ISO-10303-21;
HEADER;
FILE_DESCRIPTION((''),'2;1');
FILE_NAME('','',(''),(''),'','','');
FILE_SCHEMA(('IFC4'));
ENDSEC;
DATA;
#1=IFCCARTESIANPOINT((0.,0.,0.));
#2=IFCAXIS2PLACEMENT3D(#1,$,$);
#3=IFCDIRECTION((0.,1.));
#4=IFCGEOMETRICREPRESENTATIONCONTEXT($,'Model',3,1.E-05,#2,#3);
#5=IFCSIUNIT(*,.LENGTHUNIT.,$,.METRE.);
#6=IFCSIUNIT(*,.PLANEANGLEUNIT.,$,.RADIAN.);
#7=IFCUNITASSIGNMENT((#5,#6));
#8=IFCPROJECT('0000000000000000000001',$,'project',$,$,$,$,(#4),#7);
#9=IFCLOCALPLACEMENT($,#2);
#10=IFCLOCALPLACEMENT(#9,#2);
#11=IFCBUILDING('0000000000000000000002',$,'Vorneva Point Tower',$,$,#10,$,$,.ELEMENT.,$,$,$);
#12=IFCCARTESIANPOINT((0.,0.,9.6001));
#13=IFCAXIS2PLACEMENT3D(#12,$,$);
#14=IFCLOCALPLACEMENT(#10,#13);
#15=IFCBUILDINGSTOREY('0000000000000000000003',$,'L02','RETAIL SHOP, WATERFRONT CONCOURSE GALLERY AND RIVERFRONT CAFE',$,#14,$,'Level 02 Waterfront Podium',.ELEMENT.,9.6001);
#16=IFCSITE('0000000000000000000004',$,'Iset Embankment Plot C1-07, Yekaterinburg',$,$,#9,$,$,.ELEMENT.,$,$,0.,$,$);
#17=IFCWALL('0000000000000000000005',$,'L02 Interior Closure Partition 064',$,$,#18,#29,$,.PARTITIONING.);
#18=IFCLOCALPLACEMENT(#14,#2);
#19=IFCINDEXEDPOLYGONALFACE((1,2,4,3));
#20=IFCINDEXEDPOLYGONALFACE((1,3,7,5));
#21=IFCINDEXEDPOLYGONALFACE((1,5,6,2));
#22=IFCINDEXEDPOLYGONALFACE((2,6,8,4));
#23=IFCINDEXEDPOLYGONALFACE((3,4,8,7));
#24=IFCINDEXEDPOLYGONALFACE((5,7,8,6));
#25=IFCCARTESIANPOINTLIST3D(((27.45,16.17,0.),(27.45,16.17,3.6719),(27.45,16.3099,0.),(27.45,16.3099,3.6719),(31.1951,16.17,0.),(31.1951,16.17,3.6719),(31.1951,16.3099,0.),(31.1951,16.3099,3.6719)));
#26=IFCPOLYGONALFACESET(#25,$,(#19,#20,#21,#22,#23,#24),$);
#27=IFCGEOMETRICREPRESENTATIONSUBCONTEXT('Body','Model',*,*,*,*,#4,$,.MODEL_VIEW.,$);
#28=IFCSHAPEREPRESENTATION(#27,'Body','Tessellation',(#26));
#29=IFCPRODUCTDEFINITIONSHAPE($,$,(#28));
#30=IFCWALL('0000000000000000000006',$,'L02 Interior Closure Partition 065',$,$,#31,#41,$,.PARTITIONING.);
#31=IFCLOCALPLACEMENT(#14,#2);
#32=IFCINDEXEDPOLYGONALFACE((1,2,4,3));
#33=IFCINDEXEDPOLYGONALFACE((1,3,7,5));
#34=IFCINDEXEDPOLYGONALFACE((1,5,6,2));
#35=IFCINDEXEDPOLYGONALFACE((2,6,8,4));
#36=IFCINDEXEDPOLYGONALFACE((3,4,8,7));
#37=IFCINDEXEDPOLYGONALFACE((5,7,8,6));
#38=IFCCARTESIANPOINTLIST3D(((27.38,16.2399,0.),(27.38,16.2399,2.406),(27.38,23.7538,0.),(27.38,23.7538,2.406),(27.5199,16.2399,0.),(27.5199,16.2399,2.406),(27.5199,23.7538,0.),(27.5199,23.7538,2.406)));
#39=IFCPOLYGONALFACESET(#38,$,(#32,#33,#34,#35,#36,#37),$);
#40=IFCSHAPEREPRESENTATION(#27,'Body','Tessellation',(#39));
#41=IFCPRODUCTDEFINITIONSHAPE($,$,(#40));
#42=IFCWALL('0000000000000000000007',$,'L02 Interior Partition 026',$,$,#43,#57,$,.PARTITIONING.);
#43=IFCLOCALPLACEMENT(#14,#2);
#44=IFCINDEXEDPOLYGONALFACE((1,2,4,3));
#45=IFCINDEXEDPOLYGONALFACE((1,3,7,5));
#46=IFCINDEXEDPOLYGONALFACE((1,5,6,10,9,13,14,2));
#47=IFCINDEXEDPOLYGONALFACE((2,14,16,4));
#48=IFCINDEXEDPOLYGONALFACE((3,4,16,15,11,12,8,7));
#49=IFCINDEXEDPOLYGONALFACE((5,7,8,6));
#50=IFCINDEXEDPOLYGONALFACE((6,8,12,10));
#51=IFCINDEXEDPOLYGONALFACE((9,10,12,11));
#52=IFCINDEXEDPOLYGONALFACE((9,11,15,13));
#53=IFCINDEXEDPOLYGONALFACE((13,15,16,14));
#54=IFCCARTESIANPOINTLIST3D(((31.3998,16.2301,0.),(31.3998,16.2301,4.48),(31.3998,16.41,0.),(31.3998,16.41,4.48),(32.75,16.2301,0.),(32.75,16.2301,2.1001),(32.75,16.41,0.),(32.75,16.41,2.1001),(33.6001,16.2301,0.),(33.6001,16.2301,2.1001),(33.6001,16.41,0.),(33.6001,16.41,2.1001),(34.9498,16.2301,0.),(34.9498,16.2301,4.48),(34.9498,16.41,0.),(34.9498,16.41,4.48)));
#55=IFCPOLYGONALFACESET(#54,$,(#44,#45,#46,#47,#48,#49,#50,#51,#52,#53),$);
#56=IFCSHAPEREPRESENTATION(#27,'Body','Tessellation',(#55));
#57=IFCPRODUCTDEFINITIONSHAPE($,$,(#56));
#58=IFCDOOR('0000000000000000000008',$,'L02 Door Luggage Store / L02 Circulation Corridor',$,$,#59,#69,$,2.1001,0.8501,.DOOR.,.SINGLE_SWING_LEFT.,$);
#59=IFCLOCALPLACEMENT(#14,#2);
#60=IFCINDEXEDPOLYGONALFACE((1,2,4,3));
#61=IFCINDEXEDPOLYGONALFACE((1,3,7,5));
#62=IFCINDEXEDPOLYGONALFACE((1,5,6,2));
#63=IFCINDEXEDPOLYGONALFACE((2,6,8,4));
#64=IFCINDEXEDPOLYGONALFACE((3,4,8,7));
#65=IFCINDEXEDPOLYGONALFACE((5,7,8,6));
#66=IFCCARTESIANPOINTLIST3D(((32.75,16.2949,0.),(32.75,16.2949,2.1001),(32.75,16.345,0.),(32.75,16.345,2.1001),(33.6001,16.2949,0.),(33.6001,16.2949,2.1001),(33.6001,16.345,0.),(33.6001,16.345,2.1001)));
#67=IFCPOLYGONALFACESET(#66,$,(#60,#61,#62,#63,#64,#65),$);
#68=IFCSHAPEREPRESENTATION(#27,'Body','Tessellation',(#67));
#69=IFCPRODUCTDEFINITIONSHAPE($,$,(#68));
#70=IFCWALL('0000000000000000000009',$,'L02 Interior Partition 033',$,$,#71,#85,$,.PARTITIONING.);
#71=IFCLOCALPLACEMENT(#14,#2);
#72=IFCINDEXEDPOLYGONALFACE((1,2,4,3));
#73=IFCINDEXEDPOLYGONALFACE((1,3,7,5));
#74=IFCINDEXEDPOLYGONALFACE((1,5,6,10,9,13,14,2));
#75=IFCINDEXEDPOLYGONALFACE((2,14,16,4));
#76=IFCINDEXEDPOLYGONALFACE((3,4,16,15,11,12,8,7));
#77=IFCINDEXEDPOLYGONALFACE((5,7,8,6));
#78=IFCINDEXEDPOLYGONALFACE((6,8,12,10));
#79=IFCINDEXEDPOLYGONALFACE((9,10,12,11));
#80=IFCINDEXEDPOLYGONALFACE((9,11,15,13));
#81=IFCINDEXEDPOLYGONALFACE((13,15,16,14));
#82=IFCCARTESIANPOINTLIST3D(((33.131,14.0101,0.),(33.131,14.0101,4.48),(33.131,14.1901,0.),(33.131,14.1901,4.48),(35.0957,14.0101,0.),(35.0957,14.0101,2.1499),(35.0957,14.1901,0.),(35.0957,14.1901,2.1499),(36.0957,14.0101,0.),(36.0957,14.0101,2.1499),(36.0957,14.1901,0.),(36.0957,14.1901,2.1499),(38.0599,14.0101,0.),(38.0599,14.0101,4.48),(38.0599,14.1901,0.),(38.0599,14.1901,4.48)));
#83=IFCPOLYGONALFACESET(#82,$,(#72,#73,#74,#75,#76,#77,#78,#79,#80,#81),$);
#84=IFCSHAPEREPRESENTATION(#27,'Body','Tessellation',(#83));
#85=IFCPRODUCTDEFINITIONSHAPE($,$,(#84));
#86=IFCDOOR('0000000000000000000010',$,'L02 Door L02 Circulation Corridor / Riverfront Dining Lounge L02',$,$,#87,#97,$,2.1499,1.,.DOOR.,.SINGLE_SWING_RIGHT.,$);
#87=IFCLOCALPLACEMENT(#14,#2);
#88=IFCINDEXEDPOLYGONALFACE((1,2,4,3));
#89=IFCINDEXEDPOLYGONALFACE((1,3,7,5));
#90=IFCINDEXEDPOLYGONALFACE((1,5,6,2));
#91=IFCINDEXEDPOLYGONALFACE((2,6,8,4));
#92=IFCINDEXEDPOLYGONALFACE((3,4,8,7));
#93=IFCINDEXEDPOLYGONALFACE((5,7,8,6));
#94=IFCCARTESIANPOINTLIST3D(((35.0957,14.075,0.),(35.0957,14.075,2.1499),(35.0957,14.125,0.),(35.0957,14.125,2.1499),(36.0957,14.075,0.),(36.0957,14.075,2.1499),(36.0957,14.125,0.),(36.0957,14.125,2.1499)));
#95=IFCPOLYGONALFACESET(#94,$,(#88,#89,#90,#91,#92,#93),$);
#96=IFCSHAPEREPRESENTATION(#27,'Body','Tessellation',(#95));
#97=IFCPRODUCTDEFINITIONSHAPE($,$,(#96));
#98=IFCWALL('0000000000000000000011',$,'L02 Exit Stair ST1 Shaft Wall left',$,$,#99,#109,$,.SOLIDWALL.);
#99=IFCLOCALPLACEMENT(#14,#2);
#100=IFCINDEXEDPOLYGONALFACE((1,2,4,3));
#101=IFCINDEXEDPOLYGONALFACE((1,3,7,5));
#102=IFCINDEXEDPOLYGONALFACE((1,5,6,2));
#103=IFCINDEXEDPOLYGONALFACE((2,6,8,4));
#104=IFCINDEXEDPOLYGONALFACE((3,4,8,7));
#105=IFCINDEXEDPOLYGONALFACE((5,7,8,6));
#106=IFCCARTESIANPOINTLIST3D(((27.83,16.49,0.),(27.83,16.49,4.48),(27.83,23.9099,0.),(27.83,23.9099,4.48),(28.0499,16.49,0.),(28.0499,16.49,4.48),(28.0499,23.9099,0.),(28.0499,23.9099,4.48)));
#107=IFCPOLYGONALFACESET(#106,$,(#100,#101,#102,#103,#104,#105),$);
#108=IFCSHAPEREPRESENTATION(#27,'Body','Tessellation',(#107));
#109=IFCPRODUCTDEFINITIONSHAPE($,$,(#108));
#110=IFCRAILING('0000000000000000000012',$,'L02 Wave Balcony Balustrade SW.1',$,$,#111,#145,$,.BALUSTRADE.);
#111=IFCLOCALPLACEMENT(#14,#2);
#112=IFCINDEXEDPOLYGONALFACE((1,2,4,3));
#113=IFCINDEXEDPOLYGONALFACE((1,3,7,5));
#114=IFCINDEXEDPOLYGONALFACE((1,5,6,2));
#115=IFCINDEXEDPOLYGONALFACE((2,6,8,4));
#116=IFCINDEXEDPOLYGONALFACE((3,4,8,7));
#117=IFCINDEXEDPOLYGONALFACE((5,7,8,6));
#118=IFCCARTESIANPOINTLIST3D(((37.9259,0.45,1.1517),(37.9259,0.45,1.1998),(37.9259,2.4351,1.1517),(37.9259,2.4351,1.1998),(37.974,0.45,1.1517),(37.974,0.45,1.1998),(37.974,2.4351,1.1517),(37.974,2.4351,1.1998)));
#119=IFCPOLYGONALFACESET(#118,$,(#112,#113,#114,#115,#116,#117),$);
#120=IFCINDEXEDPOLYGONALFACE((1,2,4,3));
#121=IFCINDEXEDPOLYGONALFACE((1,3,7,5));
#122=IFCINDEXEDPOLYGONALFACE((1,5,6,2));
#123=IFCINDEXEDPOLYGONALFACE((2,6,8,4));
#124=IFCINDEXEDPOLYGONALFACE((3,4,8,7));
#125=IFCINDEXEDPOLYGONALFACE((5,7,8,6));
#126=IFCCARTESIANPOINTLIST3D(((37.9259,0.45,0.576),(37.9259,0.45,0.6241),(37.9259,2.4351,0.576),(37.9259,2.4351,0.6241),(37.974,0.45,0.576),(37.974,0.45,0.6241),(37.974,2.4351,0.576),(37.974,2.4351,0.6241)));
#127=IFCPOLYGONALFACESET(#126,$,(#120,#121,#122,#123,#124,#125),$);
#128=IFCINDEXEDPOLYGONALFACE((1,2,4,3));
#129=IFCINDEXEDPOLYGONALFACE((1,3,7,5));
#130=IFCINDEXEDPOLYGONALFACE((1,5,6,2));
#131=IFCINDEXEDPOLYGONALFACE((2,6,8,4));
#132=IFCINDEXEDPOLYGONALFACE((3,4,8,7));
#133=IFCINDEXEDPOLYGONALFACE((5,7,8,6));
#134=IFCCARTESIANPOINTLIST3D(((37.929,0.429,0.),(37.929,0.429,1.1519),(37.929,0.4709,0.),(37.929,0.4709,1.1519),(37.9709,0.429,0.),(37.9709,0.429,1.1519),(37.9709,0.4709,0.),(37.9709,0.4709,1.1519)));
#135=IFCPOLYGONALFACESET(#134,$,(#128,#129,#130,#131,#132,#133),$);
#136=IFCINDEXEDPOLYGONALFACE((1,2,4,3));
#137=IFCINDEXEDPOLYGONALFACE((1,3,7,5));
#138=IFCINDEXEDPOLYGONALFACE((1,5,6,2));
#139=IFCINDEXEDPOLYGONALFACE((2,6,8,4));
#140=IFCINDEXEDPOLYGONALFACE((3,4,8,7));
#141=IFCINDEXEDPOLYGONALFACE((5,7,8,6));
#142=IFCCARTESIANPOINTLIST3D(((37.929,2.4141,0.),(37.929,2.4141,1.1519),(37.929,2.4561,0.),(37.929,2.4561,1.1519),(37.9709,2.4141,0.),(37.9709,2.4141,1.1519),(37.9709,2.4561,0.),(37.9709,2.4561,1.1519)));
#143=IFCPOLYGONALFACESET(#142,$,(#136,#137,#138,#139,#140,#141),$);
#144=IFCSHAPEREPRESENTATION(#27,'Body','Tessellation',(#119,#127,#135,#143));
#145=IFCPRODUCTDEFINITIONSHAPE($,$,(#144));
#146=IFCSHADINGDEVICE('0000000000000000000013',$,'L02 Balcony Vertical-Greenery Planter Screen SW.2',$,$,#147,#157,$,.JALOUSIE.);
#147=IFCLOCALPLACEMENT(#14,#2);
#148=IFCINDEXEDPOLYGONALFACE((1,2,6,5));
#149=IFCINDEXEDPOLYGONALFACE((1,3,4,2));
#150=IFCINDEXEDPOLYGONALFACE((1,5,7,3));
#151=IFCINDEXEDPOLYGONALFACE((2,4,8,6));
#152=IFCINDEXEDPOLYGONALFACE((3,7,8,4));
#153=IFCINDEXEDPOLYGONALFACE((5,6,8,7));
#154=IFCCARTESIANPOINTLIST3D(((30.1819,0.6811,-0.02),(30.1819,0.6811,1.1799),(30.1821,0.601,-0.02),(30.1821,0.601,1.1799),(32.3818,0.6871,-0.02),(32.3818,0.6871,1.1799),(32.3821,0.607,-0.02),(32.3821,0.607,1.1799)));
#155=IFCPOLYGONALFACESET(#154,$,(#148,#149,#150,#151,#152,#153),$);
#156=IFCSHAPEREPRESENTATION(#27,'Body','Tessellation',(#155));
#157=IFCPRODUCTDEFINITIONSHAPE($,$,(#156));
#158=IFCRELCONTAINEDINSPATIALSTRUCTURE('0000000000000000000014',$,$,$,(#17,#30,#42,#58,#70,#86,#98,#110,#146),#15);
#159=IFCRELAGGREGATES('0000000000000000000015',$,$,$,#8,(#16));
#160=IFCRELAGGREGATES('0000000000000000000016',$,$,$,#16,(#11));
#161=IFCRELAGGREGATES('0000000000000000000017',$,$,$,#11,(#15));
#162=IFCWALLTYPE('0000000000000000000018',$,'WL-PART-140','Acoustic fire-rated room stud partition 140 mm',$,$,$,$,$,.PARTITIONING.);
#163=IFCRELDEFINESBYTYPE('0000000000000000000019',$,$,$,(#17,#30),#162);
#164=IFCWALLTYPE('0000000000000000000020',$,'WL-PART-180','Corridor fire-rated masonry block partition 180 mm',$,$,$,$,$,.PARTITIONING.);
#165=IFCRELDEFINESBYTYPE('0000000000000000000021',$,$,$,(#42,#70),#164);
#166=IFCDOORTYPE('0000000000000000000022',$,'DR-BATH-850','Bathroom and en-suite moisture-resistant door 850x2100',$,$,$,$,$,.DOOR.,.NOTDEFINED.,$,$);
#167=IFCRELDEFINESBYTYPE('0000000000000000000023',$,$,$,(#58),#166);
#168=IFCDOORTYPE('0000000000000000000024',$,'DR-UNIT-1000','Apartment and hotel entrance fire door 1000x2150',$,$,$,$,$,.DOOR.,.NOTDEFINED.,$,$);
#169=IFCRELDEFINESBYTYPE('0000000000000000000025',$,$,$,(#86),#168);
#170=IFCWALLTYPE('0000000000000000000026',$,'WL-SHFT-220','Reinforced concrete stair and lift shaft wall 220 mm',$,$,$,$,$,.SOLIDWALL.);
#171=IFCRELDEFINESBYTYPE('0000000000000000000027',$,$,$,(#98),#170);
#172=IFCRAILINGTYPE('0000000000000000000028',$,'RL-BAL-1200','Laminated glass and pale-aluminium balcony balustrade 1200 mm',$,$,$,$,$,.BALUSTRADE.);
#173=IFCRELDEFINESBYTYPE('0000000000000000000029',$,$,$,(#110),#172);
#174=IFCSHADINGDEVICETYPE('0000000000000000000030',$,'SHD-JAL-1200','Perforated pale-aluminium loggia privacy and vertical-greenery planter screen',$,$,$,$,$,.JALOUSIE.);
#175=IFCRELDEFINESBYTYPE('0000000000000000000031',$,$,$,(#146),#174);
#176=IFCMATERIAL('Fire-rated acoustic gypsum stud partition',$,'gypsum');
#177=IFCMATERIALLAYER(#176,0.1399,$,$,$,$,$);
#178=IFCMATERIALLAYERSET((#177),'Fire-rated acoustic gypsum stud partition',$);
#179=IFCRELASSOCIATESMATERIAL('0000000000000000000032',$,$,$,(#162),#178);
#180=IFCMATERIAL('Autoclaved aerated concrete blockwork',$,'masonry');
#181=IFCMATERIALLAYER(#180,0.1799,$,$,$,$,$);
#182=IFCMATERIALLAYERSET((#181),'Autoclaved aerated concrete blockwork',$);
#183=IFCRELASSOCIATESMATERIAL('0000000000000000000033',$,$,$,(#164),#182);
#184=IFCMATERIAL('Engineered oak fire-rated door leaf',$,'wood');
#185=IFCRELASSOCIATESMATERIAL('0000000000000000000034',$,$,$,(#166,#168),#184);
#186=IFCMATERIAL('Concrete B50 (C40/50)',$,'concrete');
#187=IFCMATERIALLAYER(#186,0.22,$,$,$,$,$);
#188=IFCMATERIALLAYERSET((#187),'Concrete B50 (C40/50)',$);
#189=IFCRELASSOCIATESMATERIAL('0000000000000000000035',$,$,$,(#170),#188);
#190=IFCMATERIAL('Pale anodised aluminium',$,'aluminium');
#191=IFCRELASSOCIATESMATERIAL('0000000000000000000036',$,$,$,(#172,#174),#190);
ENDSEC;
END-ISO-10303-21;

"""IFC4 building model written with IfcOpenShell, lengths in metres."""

from ifc_helpers import new_model, si_unit, direction, frame, frame_2d, origin, origin_2d, place, context, subcontext, project, spatial, rectangle, extrude, material, layer, layer_set, type_object, element, fill, save


model = new_model("IFC4")

# Units and contexts
model_context = context("Model", 3, precision=1e-05, world=origin(), true_north=direction((0.0, 1.0)))
body_context = subcontext(model_context, "Body", "Model", "MODEL_VIEW")
ifc_project = project(units=[si_unit("LENGTHUNIT", "METRE"), si_unit("PLANEANGLEUNIT", "RADIAN")], contexts=[model_context])

# Site, building, storey
site_placement = place(None, origin())
site = spatial("IfcSite", under=ifc_project, at=site_placement, Name="Iset Embankment Plot C1-07, Yekaterinburg", CompositionType="ELEMENT", RefElevation=0.0)
building_placement = place(site_placement, origin())
building = spatial("IfcBuilding", under=site, at=building_placement, Name="Vorneva Point Tower", CompositionType="ELEMENT")
storey_placement = place(building_placement, frame((0.0, 0.0, 9.6001)))
storey = spatial("IfcBuildingStorey", under=building, at=storey_placement, Name="L02", Description="RETAIL SHOP, WATERFRONT CONCOURSE GALLERY AND RIVERFRONT CAFE", LongName="Level 02 Waterfront Podium", CompositionType="ELEMENT", Elevation=9.6001)

# Shared definitions
ifc_material_1 = material(Name="Pale anodised aluminium", Category="aluminium")

# Walls
ifc_material_2 = material(Name="Fire-rated acoustic gypsum stud partition", Category="gypsum")
ifc_layer_1 = layer(ifc_material_2, 0.1399)
ifc_layer_set_1 = layer_set([ifc_layer_1], Name="Fire-rated acoustic gypsum stud partition")
wall_type_1 = type_object("IfcWallType", Name="WL-PART-140", Description="Acoustic fire-rated room stud partition 140 mm", PredefinedType="PARTITIONING", material=ifc_layer_set_1)
wall_1_placement = place(storey_placement, frame((31.1951, 16.24, 0.0), z_axis=(0.0, 0.0, 1.0), x_axis=(-1.0, 0.0, 0.0)))
element("IfcWall", 1, at=wall_1_placement, inside=storey, type_object=wall_type_1, Name="L02 Interior Closure Partition 064", PredefinedType="PARTITIONING", context=body_context, shape_type="SweptSolid", body=[
    extrude(rectangle(XDim=3.7451, YDim=0.1399, at=frame_2d((1.8726, 0.0))), origin(), (0.0, 0.0, 1.0), 3.6719),
])
wall_2_placement = place(storey_placement, frame((27.45, 16.24, 0.0), z_axis=(0.0, 0.0, 1.0), x_axis=(0.0, 1.0, 0.0)))
element("IfcWall", 2, at=wall_2_placement, inside=storey, type_object=wall_type_1, Name="L02 Interior Closure Partition 065", PredefinedType="PARTITIONING", context=body_context, shape_type="SweptSolid", body=[
    extrude(rectangle(XDim=7.5139, YDim=0.1399, at=frame_2d((3.7568, 0.0))), origin(), (0.0, 0.0, 1.0), 2.406),
])

# Walls, openings, doors
ifc_material_3 = material(Name="Autoclaved aerated concrete blockwork", Category="masonry")
ifc_layer_2 = layer(ifc_material_3, 0.1799)
ifc_layer_set_2 = layer_set([ifc_layer_2], Name="Autoclaved aerated concrete blockwork")
wall_type_2 = type_object("IfcWallType", Name="WL-PART-180", Description="Corridor fire-rated masonry block partition 180 mm", PredefinedType="PARTITIONING", material=ifc_layer_set_2)
wall_3_placement = place(storey_placement, frame((31.3999, 16.3201, 0.0), z_axis=(0.0, 0.0, 1.0), x_axis=(1.0, 0.0, 0.0)))
wall_3 = element("IfcWall", 3, at=wall_3_placement, inside=storey, type_object=wall_type_2, Name="L02 Interior Partition 026", PredefinedType="PARTITIONING", context=body_context, shape_type="SweptSolid", body=[
    extrude(rectangle(XDim=3.55, YDim=0.1799, at=frame_2d((1.7749, 0.0))), origin(), (0.0, 0.0, 1.0), 4.48),
])
opening_1_placement = place(wall_3_placement, frame((1.3501, 0.0, 0.0)))
opening_1 = element("IfcOpeningElement", 4, at=opening_1_placement, cuts=wall_3, PredefinedType="OPENING", context=body_context, shape_type="SweptSolid", body=[
    extrude(rectangle(XDim=0.8501, YDim=2.1001, at=frame_2d((0.425, 1.05))), frame((0.0, 0.105, 0.0), z_axis=(0.0, -1.0, 0.0), x_axis=(1.0, 0.0, 0.0)), (0.0, 0.0, 1.0), 0.2097),
])
ifc_material_4 = material(Name="Engineered oak fire-rated door leaf", Category="wood")
door_type_1 = type_object("IfcDoorType", Name="DR-BATH-850", Description="Bathroom and en-suite moisture-resistant door 850x2100", OperationType="NOTDEFINED", PredefinedType="DOOR", material=ifc_material_4)
door_1_placement = place(opening_1_placement, origin())
door_1 = element("IfcDoor", 5, at=door_1_placement, inside=storey, type_object=door_type_1, Name="L02 Door Luggage Store / L02 Circulation Corridor", OperationType="SINGLE_SWING_LEFT", OverallHeight=2.1001, OverallWidth=0.8501, PredefinedType="DOOR", context=body_context, shape_type="SweptSolid", body=[
    extrude(rectangle(XDim=0.8501, YDim=2.1001, at=frame_2d((0.425, 1.05))), frame((0.0, 0.0249, 0.0), z_axis=(0.0, -1.0, 0.0), x_axis=(1.0, 0.0, 0.0)), (0.0, 0.0, 1.0), 0.05),
])
fill(opening_1, door_1)
door_type_2 = type_object("IfcDoorType", Name="DR-UNIT-1000", Description="Apartment and hotel entrance fire door 1000x2150", OperationType="NOTDEFINED", PredefinedType="DOOR", material=ifc_material_4)
wall_4_placement = place(storey_placement, frame((33.1311, 14.1001, 0.0), z_axis=(0.0, 0.0, 1.0), x_axis=(1.0, 0.0, 0.0)))
wall_4 = element("IfcWall", 6, at=wall_4_placement, inside=storey, type_object=wall_type_2, Name="L02 Interior Partition 033", PredefinedType="PARTITIONING", context=body_context, shape_type="SweptSolid", body=[
    extrude(rectangle(XDim=4.929, YDim=0.1799, at=frame_2d((2.4644, 0.0))), origin(), (0.0, 0.0, 1.0), 4.48),
])
opening_2_placement = place(wall_4_placement, frame((1.9646, 0.0, 0.0)))
opening_2 = element("IfcOpeningElement", 7, at=opening_2_placement, cuts=wall_4, PredefinedType="OPENING", context=body_context, shape_type="SweptSolid", body=[
    extrude(rectangle(XDim=1.0, YDim=2.1499, at=frame_2d((0.5, 1.075))), frame((0.0, 0.105, 0.0), z_axis=(0.0, -1.0, 0.0), x_axis=(1.0, 0.0, 0.0)), (0.0, 0.0, 1.0), 0.2097),
])
door_2_placement = place(opening_2_placement, origin())
door_2 = element("IfcDoor", 8, at=door_2_placement, inside=storey, type_object=door_type_2, Name="L02 Door L02 Circulation Corridor / Riverfront Dining Lounge L02", OperationType="SINGLE_SWING_RIGHT", OverallHeight=2.1499, OverallWidth=1.0, PredefinedType="DOOR", context=body_context, shape_type="SweptSolid", body=[
    extrude(rectangle(XDim=1.0, YDim=2.1499, at=frame_2d((0.5, 1.075))), frame((0.0, 0.0249, 0.0), z_axis=(0.0, -1.0, 0.0), x_axis=(1.0, 0.0, 0.0)), (0.0, 0.0, 1.0), 0.05),
])
fill(opening_2, door_2)

# Wall
ifc_material_5 = material(Name="Concrete B50 (C40/50)", Category="concrete")
ifc_layer_3 = layer(ifc_material_5, 0.22)
ifc_layer_set_3 = layer_set([ifc_layer_3], Name="Concrete B50 (C40/50)")
wall_type_3 = type_object("IfcWallType", Name="WL-SHFT-220", Description="Reinforced concrete stair and lift shaft wall 220 mm", PredefinedType="SOLIDWALL", material=ifc_layer_set_3)
wall_5_placement = place(storey_placement, frame((27.9399, 16.49, 0.0), z_axis=(0.0, 0.0, 1.0), x_axis=(0.0, 1.0, 0.0)))
element("IfcWall", 9, at=wall_5_placement, inside=storey, type_object=wall_type_3, Name="L02 Exit Stair ST1 Shaft Wall left", PredefinedType="SOLIDWALL", context=body_context, shape_type="SweptSolid", body=[
    extrude(rectangle(XDim=7.4199, YDim=0.22, at=frame_2d((3.71, 0.0))), origin(), (0.0, 0.0, 1.0), 4.48),
])

# Railing
railing_type = type_object("IfcRailingType", Name="RL-BAL-1200", Description="Laminated glass and pale-aluminium balcony balustrade 1200 mm", PredefinedType="BALUSTRADE", material=ifc_material_1)
railing_placement = place(storey_placement, frame((37.95, 0.45, 0.0)))
element("IfcRailing", 10, at=railing_placement, inside=storey, type_object=railing_type, Name="L02 Wave Balcony Balustrade SW.1", PredefinedType="BALUSTRADE", context=body_context, shape_type="SweptSolid", body=[
    extrude(rectangle(XDim=0.0481, YDim=0.0481, at=origin_2d()), frame((0.0, 0.0, 1.1758), z_axis=(0.0, 1.0, 0.0), x_axis=(-1.0, 0.0, 0.0)), (0.0, 0.0, 1.0), 1.9851),
    extrude(rectangle(XDim=0.0481, YDim=0.0481, at=origin_2d()), frame((0.0, 0.0, 0.6001), z_axis=(0.0, 1.0, 0.0), x_axis=(-1.0, 0.0, 0.0)), (0.0, 0.0, 1.0), 1.9851),
    extrude(rectangle(XDim=0.042, YDim=0.042, at=origin_2d()), origin(), (0.0, 0.0, 1.0), 1.1519),
    extrude(rectangle(XDim=0.042, YDim=0.042, at=origin_2d()), frame((0.0, 1.9851, 0.0)), (0.0, 0.0, 1.0), 1.1519),
])

# Shading device
shading_device_type = type_object("IfcShadingDeviceType", Name="SHD-JAL-1200", Description="Perforated pale-aluminium loggia privacy and vertical-greenery planter screen", PredefinedType="JALOUSIE", material=ifc_material_1)
shading_device_placement = place(storey_placement, frame((31.282, 0.644, -0.02), z_axis=(0.0, 0.0, 1.0), x_axis=(0.999996, 0.00274, 0.0)))
element("IfcShadingDevice", 11, at=shading_device_placement, inside=storey, type_object=shading_device_type, Name="L02 Balcony Vertical-Greenery Planter Screen SW.2", PredefinedType="JALOUSIE", context=body_context, shape_type="SweptSolid", body=[
    extrude(rectangle(XDim=2.2, YDim=0.0801, at=origin_2d()), origin(), (0.0, 0.0, 1.0), 1.2),
])

save(model, "model.ifc")
